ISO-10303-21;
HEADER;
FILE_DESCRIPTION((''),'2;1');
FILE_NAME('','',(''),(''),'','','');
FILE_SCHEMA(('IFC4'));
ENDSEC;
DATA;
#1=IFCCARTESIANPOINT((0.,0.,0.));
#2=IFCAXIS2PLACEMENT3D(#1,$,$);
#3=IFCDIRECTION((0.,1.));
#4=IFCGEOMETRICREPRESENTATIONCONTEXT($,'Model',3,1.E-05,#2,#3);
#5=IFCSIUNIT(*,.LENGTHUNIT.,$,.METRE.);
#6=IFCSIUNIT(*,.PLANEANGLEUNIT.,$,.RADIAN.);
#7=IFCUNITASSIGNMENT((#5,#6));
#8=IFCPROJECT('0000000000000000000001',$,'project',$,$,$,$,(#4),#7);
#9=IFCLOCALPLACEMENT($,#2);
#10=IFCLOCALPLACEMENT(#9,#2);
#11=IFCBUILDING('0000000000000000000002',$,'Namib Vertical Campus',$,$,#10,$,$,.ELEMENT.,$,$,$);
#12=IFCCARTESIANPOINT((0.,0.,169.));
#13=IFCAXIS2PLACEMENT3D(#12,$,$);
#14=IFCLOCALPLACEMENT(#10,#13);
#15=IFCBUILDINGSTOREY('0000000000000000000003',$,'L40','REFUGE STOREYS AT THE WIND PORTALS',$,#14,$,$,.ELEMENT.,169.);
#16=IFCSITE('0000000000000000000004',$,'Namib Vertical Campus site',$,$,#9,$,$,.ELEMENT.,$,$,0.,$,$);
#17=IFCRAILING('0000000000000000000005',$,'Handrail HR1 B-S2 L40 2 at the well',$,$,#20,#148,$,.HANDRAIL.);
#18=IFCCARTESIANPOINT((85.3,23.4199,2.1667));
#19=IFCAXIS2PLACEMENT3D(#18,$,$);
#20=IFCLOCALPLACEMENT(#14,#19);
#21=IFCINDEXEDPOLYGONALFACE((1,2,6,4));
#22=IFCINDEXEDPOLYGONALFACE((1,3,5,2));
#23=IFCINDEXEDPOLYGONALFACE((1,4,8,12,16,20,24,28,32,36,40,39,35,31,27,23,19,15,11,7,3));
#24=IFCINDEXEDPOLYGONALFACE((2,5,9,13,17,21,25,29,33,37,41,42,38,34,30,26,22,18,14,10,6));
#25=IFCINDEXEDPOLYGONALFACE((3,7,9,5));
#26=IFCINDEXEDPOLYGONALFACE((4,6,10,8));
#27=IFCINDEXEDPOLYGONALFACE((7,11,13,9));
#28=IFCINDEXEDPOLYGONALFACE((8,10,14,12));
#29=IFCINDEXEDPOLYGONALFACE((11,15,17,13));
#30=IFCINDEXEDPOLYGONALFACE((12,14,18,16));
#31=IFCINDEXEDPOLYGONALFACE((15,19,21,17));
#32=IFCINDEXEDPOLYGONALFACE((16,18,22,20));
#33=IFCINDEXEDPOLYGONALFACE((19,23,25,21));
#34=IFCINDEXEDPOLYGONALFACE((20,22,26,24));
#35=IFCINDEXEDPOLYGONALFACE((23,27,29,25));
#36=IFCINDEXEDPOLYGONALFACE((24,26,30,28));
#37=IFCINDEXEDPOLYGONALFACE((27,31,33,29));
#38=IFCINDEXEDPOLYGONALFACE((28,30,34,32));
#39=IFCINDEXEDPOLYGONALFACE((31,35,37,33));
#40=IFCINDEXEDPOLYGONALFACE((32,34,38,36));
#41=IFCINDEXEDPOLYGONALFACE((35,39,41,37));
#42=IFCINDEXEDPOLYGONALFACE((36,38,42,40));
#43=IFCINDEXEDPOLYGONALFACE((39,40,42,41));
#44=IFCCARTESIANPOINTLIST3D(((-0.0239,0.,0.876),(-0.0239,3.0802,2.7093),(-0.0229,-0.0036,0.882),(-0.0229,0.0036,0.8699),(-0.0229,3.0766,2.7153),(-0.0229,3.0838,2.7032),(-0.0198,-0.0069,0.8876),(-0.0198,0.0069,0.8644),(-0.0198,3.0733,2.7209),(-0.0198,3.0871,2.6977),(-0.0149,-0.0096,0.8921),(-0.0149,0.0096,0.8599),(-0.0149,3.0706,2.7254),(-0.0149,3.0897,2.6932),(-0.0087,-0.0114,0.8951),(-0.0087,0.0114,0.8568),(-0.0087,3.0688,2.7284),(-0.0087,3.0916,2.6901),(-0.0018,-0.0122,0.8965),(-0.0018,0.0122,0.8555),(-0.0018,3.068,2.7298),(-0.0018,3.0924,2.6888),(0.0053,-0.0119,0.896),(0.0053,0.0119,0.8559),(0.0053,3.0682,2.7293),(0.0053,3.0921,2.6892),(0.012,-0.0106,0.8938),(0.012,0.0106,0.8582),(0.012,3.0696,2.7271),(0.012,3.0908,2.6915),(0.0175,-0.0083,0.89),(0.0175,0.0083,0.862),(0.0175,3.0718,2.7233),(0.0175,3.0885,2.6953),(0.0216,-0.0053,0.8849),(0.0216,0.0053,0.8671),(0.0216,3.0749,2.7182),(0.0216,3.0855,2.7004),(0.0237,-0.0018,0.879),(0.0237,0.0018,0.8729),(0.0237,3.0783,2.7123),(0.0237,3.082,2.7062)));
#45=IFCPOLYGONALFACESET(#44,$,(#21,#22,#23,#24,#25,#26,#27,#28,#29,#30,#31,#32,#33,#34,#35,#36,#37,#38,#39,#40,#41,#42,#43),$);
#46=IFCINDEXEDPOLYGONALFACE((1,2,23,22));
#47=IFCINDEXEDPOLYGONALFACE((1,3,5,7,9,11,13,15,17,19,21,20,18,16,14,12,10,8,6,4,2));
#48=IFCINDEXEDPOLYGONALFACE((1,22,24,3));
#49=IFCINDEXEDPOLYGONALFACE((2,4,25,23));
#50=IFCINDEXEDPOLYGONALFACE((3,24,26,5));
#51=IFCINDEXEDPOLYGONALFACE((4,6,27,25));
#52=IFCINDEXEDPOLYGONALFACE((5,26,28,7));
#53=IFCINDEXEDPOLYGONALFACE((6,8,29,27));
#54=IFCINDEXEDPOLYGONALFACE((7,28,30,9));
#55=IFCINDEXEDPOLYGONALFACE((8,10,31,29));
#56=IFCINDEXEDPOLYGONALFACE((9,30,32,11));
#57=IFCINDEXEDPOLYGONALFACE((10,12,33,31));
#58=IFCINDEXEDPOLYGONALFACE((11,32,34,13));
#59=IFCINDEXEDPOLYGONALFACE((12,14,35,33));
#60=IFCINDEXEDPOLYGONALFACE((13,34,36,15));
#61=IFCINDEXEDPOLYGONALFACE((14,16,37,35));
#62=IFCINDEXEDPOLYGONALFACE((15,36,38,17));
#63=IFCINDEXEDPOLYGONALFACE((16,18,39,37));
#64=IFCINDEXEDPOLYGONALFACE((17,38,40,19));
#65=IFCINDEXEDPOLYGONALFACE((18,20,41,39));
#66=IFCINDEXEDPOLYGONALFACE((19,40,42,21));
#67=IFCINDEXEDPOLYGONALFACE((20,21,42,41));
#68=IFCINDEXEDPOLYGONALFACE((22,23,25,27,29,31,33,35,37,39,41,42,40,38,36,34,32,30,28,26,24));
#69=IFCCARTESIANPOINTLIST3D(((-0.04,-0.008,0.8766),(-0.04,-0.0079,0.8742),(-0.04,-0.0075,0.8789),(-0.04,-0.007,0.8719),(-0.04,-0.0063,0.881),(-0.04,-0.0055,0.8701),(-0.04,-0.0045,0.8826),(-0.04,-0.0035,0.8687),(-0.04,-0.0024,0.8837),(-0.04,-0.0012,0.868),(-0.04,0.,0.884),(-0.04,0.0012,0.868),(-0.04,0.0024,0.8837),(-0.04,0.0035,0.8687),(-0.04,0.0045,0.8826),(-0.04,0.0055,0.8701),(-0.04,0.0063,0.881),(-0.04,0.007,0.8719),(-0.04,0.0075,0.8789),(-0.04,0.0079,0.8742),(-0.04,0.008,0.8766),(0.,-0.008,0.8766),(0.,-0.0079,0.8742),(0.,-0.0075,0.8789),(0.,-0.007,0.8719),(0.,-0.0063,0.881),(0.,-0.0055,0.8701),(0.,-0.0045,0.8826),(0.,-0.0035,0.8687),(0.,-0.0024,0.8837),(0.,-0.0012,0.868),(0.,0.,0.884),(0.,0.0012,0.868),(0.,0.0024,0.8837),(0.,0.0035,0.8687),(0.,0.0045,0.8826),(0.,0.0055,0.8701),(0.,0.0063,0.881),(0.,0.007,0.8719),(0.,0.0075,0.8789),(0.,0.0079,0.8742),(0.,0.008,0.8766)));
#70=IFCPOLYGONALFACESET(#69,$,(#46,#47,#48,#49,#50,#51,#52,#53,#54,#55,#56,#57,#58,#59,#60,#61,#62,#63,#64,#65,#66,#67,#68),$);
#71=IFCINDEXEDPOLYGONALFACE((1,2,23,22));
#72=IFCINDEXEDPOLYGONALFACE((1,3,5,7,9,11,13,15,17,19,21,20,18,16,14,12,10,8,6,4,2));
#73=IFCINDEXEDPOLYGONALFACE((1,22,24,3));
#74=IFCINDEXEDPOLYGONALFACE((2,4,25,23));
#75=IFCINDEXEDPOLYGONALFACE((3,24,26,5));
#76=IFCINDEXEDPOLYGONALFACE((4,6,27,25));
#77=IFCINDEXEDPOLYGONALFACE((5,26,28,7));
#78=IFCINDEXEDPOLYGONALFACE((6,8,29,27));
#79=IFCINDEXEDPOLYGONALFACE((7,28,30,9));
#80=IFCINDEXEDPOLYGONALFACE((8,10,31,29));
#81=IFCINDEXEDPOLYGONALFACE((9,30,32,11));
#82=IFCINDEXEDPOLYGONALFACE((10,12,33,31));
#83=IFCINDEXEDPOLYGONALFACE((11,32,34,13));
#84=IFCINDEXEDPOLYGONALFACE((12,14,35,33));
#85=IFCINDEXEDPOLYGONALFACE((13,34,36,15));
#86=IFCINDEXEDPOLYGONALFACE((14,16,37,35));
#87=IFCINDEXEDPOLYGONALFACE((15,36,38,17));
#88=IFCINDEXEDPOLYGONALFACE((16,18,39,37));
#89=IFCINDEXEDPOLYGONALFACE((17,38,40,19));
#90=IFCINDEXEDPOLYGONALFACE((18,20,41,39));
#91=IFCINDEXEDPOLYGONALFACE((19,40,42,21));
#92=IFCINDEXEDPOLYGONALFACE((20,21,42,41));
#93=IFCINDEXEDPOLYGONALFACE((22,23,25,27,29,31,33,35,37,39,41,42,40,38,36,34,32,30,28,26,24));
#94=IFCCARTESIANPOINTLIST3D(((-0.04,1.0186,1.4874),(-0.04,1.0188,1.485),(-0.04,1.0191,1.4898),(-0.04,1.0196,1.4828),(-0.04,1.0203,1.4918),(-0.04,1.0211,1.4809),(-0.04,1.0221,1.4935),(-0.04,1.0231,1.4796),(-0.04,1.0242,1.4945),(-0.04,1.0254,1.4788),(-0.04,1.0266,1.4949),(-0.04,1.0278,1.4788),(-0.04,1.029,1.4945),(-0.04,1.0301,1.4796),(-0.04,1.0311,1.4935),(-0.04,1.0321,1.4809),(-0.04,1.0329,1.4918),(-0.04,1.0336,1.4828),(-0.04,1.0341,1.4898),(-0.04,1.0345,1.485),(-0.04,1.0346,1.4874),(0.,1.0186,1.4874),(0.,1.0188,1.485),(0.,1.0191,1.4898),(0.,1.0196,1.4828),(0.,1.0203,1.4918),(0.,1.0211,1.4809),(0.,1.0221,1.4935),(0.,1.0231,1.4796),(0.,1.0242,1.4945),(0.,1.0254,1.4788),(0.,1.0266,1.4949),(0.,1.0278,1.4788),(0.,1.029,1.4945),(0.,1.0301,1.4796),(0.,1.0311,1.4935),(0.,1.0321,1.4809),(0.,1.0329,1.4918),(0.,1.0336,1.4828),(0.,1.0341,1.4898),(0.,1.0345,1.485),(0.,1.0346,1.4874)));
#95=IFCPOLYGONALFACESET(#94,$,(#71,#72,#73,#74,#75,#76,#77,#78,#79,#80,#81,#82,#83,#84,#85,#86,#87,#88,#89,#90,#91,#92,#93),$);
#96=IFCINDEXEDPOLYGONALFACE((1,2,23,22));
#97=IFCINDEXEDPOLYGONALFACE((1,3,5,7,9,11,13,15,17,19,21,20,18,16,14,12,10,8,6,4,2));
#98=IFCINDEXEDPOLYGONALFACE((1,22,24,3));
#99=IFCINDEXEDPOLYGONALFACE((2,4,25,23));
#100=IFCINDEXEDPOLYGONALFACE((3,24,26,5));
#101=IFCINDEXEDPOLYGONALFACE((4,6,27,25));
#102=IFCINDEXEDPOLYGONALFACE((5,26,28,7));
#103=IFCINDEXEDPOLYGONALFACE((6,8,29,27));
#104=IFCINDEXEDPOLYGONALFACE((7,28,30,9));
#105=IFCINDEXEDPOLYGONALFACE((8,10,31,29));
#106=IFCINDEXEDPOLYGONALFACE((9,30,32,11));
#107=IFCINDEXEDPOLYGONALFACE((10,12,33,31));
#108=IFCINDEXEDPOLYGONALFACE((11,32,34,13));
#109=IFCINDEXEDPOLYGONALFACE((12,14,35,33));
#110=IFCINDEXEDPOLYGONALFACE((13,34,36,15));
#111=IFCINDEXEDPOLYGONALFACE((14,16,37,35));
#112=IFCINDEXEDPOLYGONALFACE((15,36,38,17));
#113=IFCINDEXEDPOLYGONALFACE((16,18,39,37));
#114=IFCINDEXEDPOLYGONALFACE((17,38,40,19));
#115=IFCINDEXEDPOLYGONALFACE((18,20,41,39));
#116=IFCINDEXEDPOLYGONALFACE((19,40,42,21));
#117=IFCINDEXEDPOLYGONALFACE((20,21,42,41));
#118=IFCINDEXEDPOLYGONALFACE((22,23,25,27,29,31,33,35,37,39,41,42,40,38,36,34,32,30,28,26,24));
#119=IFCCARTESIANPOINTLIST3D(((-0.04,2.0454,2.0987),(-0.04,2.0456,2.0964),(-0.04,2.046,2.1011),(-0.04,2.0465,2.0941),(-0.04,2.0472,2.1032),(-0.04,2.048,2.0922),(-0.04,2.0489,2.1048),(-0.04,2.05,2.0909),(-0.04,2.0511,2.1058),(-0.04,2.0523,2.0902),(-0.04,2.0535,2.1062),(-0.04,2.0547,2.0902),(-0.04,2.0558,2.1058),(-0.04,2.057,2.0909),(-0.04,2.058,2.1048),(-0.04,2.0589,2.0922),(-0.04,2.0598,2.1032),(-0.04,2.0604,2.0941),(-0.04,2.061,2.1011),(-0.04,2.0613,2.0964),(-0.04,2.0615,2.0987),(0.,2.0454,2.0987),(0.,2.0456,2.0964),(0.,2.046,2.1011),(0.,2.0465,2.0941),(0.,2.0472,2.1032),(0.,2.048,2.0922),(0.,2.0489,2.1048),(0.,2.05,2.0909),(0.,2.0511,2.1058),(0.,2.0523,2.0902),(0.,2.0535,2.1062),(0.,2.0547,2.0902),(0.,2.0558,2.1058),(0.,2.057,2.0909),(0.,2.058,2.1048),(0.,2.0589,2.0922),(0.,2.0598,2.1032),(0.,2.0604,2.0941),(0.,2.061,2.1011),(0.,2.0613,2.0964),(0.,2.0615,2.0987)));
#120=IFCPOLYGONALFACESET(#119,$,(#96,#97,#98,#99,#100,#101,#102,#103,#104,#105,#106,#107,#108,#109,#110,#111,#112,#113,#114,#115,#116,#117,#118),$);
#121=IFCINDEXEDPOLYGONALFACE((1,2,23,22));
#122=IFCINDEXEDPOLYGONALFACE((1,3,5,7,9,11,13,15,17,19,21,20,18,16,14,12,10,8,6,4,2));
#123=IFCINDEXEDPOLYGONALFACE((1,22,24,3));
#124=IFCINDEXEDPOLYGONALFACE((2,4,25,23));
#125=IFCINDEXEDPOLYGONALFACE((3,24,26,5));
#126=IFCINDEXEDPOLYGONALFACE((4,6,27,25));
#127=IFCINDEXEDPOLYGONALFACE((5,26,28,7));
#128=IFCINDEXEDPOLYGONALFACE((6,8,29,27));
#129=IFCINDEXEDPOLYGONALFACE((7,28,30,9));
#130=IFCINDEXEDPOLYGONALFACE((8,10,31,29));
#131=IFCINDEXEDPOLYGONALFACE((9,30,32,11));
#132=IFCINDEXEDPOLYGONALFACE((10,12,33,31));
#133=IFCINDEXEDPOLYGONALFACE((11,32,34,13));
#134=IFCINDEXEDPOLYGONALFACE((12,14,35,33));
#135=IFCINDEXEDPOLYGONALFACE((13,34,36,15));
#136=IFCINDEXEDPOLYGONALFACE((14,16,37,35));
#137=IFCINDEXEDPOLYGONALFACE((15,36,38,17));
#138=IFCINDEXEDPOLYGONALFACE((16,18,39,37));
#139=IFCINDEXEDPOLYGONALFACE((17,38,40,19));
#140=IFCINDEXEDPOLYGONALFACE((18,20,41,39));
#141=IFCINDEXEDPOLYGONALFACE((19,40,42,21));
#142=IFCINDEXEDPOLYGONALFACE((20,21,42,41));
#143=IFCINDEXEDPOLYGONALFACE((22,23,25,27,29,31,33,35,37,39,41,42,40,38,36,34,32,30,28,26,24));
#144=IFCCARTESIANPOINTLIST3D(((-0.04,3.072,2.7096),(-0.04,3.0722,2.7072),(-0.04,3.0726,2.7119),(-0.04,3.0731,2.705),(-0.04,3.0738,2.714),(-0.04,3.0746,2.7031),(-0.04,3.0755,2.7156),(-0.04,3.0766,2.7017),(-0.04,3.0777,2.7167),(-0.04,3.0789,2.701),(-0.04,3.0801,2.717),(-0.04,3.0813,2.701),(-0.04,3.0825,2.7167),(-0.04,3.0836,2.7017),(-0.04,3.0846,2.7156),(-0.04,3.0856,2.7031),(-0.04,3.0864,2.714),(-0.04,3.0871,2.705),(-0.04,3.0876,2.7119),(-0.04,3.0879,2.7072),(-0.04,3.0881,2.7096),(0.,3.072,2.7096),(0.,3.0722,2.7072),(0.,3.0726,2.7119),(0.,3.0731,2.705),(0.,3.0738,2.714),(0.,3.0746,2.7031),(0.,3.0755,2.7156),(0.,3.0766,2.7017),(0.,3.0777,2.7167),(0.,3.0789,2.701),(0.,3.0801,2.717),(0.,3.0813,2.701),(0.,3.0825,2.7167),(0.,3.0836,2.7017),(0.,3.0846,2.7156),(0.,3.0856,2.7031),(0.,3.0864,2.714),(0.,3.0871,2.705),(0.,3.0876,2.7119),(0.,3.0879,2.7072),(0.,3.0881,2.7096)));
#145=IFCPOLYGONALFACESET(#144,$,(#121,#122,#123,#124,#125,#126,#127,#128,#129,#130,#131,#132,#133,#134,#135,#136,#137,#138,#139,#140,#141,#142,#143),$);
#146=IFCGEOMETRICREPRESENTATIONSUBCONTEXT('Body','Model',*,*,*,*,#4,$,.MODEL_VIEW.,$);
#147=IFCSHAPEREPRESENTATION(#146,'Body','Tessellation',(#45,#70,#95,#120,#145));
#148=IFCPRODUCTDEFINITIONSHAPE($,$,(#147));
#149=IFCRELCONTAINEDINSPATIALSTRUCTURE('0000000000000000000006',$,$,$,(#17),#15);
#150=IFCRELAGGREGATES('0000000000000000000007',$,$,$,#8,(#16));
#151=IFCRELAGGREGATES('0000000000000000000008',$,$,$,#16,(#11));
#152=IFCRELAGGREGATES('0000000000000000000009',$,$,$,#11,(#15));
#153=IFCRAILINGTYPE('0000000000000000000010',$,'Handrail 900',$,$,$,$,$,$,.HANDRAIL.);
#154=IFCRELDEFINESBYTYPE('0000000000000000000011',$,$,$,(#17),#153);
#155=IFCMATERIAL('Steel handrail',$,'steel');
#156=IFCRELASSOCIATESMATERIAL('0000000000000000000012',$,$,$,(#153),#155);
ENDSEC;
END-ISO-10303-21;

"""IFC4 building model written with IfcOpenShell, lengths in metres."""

from ifc_helpers import new_model, si_unit, direction, frame, origin, origin_2d, place, context, subcontext, project, spatial, circle, extrude, material, type_object, element, save


model = new_model("IFC4")

# Units and contexts
model_context = context("Model", 3, precision=1e-05, world=origin(), true_north=direction((0.0, 1.0)))
body_context = subcontext(model_context, "Body", "Model", "MODEL_VIEW")
ifc_project = project(units=[si_unit("LENGTHUNIT", "METRE"), si_unit("PLANEANGLEUNIT", "RADIAN")], contexts=[model_context])

# Site, building, storey
site_placement = place(None, origin())
site = spatial("IfcSite", under=ifc_project, at=site_placement, Name="Namib Vertical Campus site", CompositionType="ELEMENT", RefElevation=0.0)
building_placement = place(site_placement, origin())
building = spatial("IfcBuilding", under=site, at=building_placement, Name="Namib Vertical Campus", CompositionType="ELEMENT")
storey_placement = place(building_placement, frame((0.0, 0.0, 169.0)))
storey = spatial("IfcBuildingStorey", under=building, at=storey_placement, Name="L40", Description="REFUGE STOREYS AT THE WIND PORTALS", CompositionType="ELEMENT", Elevation=169.0)

# Railing
ifc_material_1 = material(Name="Steel handrail", Category="steel")
railing_type_1 = type_object("IfcRailingType", Name="Handrail 900", PredefinedType="HANDRAIL", material=ifc_material_1)
railing_1_placement = place(storey_placement, frame((85.3, 23.4199, 2.1667)))
element("IfcRailing", 1, at=railing_1_placement, inside=storey, type_object=railing_type_1, Name="Handrail HR1 B-S2 L40 2 at the well", PredefinedType="HANDRAIL", context=body_context, shape_type="SweptSolid", body=[
    extrude(circle(Radius=0.0239, at=origin_2d()), frame((0.0, 0.0, 0.876), z_axis=(0.0, 0.859309, 0.511458), x_axis=(-1.0, 0.0, 0.0)), (0.0, 0.0, 1.0), 3.5845),
    extrude(circle(Radius=0.0081, at=origin_2d()), frame((0.0, 0.0, 0.876), z_axis=(-1.0, 0.0, 0.0), x_axis=(0.0, 0.0, 1.0)), (0.0, 0.0, 1.0), 0.04),
    extrude(circle(Radius=0.0081, at=origin_2d()), frame((0.0, 1.0266, 1.4868), z_axis=(-1.0, 0.0, 0.0), x_axis=(0.0, 0.0, 1.0)), (0.0, 0.0, 1.0), 0.04),
    extrude(circle(Radius=0.0081, at=origin_2d()), frame((0.0, 2.0535, 2.0981), z_axis=(-1.0, 0.0, 0.0), x_axis=(0.0, 0.0, 1.0)), (0.0, 0.0, 1.0), 0.04),
    extrude(circle(Radius=0.0081, at=origin_2d()), frame((0.0, 3.0801, 2.709), z_axis=(-1.0, 0.0, 0.0), x_axis=(0.0, 0.0, 1.0)), (0.0, 0.0, 1.0), 0.04),
])

save(model, "model.ifc")
